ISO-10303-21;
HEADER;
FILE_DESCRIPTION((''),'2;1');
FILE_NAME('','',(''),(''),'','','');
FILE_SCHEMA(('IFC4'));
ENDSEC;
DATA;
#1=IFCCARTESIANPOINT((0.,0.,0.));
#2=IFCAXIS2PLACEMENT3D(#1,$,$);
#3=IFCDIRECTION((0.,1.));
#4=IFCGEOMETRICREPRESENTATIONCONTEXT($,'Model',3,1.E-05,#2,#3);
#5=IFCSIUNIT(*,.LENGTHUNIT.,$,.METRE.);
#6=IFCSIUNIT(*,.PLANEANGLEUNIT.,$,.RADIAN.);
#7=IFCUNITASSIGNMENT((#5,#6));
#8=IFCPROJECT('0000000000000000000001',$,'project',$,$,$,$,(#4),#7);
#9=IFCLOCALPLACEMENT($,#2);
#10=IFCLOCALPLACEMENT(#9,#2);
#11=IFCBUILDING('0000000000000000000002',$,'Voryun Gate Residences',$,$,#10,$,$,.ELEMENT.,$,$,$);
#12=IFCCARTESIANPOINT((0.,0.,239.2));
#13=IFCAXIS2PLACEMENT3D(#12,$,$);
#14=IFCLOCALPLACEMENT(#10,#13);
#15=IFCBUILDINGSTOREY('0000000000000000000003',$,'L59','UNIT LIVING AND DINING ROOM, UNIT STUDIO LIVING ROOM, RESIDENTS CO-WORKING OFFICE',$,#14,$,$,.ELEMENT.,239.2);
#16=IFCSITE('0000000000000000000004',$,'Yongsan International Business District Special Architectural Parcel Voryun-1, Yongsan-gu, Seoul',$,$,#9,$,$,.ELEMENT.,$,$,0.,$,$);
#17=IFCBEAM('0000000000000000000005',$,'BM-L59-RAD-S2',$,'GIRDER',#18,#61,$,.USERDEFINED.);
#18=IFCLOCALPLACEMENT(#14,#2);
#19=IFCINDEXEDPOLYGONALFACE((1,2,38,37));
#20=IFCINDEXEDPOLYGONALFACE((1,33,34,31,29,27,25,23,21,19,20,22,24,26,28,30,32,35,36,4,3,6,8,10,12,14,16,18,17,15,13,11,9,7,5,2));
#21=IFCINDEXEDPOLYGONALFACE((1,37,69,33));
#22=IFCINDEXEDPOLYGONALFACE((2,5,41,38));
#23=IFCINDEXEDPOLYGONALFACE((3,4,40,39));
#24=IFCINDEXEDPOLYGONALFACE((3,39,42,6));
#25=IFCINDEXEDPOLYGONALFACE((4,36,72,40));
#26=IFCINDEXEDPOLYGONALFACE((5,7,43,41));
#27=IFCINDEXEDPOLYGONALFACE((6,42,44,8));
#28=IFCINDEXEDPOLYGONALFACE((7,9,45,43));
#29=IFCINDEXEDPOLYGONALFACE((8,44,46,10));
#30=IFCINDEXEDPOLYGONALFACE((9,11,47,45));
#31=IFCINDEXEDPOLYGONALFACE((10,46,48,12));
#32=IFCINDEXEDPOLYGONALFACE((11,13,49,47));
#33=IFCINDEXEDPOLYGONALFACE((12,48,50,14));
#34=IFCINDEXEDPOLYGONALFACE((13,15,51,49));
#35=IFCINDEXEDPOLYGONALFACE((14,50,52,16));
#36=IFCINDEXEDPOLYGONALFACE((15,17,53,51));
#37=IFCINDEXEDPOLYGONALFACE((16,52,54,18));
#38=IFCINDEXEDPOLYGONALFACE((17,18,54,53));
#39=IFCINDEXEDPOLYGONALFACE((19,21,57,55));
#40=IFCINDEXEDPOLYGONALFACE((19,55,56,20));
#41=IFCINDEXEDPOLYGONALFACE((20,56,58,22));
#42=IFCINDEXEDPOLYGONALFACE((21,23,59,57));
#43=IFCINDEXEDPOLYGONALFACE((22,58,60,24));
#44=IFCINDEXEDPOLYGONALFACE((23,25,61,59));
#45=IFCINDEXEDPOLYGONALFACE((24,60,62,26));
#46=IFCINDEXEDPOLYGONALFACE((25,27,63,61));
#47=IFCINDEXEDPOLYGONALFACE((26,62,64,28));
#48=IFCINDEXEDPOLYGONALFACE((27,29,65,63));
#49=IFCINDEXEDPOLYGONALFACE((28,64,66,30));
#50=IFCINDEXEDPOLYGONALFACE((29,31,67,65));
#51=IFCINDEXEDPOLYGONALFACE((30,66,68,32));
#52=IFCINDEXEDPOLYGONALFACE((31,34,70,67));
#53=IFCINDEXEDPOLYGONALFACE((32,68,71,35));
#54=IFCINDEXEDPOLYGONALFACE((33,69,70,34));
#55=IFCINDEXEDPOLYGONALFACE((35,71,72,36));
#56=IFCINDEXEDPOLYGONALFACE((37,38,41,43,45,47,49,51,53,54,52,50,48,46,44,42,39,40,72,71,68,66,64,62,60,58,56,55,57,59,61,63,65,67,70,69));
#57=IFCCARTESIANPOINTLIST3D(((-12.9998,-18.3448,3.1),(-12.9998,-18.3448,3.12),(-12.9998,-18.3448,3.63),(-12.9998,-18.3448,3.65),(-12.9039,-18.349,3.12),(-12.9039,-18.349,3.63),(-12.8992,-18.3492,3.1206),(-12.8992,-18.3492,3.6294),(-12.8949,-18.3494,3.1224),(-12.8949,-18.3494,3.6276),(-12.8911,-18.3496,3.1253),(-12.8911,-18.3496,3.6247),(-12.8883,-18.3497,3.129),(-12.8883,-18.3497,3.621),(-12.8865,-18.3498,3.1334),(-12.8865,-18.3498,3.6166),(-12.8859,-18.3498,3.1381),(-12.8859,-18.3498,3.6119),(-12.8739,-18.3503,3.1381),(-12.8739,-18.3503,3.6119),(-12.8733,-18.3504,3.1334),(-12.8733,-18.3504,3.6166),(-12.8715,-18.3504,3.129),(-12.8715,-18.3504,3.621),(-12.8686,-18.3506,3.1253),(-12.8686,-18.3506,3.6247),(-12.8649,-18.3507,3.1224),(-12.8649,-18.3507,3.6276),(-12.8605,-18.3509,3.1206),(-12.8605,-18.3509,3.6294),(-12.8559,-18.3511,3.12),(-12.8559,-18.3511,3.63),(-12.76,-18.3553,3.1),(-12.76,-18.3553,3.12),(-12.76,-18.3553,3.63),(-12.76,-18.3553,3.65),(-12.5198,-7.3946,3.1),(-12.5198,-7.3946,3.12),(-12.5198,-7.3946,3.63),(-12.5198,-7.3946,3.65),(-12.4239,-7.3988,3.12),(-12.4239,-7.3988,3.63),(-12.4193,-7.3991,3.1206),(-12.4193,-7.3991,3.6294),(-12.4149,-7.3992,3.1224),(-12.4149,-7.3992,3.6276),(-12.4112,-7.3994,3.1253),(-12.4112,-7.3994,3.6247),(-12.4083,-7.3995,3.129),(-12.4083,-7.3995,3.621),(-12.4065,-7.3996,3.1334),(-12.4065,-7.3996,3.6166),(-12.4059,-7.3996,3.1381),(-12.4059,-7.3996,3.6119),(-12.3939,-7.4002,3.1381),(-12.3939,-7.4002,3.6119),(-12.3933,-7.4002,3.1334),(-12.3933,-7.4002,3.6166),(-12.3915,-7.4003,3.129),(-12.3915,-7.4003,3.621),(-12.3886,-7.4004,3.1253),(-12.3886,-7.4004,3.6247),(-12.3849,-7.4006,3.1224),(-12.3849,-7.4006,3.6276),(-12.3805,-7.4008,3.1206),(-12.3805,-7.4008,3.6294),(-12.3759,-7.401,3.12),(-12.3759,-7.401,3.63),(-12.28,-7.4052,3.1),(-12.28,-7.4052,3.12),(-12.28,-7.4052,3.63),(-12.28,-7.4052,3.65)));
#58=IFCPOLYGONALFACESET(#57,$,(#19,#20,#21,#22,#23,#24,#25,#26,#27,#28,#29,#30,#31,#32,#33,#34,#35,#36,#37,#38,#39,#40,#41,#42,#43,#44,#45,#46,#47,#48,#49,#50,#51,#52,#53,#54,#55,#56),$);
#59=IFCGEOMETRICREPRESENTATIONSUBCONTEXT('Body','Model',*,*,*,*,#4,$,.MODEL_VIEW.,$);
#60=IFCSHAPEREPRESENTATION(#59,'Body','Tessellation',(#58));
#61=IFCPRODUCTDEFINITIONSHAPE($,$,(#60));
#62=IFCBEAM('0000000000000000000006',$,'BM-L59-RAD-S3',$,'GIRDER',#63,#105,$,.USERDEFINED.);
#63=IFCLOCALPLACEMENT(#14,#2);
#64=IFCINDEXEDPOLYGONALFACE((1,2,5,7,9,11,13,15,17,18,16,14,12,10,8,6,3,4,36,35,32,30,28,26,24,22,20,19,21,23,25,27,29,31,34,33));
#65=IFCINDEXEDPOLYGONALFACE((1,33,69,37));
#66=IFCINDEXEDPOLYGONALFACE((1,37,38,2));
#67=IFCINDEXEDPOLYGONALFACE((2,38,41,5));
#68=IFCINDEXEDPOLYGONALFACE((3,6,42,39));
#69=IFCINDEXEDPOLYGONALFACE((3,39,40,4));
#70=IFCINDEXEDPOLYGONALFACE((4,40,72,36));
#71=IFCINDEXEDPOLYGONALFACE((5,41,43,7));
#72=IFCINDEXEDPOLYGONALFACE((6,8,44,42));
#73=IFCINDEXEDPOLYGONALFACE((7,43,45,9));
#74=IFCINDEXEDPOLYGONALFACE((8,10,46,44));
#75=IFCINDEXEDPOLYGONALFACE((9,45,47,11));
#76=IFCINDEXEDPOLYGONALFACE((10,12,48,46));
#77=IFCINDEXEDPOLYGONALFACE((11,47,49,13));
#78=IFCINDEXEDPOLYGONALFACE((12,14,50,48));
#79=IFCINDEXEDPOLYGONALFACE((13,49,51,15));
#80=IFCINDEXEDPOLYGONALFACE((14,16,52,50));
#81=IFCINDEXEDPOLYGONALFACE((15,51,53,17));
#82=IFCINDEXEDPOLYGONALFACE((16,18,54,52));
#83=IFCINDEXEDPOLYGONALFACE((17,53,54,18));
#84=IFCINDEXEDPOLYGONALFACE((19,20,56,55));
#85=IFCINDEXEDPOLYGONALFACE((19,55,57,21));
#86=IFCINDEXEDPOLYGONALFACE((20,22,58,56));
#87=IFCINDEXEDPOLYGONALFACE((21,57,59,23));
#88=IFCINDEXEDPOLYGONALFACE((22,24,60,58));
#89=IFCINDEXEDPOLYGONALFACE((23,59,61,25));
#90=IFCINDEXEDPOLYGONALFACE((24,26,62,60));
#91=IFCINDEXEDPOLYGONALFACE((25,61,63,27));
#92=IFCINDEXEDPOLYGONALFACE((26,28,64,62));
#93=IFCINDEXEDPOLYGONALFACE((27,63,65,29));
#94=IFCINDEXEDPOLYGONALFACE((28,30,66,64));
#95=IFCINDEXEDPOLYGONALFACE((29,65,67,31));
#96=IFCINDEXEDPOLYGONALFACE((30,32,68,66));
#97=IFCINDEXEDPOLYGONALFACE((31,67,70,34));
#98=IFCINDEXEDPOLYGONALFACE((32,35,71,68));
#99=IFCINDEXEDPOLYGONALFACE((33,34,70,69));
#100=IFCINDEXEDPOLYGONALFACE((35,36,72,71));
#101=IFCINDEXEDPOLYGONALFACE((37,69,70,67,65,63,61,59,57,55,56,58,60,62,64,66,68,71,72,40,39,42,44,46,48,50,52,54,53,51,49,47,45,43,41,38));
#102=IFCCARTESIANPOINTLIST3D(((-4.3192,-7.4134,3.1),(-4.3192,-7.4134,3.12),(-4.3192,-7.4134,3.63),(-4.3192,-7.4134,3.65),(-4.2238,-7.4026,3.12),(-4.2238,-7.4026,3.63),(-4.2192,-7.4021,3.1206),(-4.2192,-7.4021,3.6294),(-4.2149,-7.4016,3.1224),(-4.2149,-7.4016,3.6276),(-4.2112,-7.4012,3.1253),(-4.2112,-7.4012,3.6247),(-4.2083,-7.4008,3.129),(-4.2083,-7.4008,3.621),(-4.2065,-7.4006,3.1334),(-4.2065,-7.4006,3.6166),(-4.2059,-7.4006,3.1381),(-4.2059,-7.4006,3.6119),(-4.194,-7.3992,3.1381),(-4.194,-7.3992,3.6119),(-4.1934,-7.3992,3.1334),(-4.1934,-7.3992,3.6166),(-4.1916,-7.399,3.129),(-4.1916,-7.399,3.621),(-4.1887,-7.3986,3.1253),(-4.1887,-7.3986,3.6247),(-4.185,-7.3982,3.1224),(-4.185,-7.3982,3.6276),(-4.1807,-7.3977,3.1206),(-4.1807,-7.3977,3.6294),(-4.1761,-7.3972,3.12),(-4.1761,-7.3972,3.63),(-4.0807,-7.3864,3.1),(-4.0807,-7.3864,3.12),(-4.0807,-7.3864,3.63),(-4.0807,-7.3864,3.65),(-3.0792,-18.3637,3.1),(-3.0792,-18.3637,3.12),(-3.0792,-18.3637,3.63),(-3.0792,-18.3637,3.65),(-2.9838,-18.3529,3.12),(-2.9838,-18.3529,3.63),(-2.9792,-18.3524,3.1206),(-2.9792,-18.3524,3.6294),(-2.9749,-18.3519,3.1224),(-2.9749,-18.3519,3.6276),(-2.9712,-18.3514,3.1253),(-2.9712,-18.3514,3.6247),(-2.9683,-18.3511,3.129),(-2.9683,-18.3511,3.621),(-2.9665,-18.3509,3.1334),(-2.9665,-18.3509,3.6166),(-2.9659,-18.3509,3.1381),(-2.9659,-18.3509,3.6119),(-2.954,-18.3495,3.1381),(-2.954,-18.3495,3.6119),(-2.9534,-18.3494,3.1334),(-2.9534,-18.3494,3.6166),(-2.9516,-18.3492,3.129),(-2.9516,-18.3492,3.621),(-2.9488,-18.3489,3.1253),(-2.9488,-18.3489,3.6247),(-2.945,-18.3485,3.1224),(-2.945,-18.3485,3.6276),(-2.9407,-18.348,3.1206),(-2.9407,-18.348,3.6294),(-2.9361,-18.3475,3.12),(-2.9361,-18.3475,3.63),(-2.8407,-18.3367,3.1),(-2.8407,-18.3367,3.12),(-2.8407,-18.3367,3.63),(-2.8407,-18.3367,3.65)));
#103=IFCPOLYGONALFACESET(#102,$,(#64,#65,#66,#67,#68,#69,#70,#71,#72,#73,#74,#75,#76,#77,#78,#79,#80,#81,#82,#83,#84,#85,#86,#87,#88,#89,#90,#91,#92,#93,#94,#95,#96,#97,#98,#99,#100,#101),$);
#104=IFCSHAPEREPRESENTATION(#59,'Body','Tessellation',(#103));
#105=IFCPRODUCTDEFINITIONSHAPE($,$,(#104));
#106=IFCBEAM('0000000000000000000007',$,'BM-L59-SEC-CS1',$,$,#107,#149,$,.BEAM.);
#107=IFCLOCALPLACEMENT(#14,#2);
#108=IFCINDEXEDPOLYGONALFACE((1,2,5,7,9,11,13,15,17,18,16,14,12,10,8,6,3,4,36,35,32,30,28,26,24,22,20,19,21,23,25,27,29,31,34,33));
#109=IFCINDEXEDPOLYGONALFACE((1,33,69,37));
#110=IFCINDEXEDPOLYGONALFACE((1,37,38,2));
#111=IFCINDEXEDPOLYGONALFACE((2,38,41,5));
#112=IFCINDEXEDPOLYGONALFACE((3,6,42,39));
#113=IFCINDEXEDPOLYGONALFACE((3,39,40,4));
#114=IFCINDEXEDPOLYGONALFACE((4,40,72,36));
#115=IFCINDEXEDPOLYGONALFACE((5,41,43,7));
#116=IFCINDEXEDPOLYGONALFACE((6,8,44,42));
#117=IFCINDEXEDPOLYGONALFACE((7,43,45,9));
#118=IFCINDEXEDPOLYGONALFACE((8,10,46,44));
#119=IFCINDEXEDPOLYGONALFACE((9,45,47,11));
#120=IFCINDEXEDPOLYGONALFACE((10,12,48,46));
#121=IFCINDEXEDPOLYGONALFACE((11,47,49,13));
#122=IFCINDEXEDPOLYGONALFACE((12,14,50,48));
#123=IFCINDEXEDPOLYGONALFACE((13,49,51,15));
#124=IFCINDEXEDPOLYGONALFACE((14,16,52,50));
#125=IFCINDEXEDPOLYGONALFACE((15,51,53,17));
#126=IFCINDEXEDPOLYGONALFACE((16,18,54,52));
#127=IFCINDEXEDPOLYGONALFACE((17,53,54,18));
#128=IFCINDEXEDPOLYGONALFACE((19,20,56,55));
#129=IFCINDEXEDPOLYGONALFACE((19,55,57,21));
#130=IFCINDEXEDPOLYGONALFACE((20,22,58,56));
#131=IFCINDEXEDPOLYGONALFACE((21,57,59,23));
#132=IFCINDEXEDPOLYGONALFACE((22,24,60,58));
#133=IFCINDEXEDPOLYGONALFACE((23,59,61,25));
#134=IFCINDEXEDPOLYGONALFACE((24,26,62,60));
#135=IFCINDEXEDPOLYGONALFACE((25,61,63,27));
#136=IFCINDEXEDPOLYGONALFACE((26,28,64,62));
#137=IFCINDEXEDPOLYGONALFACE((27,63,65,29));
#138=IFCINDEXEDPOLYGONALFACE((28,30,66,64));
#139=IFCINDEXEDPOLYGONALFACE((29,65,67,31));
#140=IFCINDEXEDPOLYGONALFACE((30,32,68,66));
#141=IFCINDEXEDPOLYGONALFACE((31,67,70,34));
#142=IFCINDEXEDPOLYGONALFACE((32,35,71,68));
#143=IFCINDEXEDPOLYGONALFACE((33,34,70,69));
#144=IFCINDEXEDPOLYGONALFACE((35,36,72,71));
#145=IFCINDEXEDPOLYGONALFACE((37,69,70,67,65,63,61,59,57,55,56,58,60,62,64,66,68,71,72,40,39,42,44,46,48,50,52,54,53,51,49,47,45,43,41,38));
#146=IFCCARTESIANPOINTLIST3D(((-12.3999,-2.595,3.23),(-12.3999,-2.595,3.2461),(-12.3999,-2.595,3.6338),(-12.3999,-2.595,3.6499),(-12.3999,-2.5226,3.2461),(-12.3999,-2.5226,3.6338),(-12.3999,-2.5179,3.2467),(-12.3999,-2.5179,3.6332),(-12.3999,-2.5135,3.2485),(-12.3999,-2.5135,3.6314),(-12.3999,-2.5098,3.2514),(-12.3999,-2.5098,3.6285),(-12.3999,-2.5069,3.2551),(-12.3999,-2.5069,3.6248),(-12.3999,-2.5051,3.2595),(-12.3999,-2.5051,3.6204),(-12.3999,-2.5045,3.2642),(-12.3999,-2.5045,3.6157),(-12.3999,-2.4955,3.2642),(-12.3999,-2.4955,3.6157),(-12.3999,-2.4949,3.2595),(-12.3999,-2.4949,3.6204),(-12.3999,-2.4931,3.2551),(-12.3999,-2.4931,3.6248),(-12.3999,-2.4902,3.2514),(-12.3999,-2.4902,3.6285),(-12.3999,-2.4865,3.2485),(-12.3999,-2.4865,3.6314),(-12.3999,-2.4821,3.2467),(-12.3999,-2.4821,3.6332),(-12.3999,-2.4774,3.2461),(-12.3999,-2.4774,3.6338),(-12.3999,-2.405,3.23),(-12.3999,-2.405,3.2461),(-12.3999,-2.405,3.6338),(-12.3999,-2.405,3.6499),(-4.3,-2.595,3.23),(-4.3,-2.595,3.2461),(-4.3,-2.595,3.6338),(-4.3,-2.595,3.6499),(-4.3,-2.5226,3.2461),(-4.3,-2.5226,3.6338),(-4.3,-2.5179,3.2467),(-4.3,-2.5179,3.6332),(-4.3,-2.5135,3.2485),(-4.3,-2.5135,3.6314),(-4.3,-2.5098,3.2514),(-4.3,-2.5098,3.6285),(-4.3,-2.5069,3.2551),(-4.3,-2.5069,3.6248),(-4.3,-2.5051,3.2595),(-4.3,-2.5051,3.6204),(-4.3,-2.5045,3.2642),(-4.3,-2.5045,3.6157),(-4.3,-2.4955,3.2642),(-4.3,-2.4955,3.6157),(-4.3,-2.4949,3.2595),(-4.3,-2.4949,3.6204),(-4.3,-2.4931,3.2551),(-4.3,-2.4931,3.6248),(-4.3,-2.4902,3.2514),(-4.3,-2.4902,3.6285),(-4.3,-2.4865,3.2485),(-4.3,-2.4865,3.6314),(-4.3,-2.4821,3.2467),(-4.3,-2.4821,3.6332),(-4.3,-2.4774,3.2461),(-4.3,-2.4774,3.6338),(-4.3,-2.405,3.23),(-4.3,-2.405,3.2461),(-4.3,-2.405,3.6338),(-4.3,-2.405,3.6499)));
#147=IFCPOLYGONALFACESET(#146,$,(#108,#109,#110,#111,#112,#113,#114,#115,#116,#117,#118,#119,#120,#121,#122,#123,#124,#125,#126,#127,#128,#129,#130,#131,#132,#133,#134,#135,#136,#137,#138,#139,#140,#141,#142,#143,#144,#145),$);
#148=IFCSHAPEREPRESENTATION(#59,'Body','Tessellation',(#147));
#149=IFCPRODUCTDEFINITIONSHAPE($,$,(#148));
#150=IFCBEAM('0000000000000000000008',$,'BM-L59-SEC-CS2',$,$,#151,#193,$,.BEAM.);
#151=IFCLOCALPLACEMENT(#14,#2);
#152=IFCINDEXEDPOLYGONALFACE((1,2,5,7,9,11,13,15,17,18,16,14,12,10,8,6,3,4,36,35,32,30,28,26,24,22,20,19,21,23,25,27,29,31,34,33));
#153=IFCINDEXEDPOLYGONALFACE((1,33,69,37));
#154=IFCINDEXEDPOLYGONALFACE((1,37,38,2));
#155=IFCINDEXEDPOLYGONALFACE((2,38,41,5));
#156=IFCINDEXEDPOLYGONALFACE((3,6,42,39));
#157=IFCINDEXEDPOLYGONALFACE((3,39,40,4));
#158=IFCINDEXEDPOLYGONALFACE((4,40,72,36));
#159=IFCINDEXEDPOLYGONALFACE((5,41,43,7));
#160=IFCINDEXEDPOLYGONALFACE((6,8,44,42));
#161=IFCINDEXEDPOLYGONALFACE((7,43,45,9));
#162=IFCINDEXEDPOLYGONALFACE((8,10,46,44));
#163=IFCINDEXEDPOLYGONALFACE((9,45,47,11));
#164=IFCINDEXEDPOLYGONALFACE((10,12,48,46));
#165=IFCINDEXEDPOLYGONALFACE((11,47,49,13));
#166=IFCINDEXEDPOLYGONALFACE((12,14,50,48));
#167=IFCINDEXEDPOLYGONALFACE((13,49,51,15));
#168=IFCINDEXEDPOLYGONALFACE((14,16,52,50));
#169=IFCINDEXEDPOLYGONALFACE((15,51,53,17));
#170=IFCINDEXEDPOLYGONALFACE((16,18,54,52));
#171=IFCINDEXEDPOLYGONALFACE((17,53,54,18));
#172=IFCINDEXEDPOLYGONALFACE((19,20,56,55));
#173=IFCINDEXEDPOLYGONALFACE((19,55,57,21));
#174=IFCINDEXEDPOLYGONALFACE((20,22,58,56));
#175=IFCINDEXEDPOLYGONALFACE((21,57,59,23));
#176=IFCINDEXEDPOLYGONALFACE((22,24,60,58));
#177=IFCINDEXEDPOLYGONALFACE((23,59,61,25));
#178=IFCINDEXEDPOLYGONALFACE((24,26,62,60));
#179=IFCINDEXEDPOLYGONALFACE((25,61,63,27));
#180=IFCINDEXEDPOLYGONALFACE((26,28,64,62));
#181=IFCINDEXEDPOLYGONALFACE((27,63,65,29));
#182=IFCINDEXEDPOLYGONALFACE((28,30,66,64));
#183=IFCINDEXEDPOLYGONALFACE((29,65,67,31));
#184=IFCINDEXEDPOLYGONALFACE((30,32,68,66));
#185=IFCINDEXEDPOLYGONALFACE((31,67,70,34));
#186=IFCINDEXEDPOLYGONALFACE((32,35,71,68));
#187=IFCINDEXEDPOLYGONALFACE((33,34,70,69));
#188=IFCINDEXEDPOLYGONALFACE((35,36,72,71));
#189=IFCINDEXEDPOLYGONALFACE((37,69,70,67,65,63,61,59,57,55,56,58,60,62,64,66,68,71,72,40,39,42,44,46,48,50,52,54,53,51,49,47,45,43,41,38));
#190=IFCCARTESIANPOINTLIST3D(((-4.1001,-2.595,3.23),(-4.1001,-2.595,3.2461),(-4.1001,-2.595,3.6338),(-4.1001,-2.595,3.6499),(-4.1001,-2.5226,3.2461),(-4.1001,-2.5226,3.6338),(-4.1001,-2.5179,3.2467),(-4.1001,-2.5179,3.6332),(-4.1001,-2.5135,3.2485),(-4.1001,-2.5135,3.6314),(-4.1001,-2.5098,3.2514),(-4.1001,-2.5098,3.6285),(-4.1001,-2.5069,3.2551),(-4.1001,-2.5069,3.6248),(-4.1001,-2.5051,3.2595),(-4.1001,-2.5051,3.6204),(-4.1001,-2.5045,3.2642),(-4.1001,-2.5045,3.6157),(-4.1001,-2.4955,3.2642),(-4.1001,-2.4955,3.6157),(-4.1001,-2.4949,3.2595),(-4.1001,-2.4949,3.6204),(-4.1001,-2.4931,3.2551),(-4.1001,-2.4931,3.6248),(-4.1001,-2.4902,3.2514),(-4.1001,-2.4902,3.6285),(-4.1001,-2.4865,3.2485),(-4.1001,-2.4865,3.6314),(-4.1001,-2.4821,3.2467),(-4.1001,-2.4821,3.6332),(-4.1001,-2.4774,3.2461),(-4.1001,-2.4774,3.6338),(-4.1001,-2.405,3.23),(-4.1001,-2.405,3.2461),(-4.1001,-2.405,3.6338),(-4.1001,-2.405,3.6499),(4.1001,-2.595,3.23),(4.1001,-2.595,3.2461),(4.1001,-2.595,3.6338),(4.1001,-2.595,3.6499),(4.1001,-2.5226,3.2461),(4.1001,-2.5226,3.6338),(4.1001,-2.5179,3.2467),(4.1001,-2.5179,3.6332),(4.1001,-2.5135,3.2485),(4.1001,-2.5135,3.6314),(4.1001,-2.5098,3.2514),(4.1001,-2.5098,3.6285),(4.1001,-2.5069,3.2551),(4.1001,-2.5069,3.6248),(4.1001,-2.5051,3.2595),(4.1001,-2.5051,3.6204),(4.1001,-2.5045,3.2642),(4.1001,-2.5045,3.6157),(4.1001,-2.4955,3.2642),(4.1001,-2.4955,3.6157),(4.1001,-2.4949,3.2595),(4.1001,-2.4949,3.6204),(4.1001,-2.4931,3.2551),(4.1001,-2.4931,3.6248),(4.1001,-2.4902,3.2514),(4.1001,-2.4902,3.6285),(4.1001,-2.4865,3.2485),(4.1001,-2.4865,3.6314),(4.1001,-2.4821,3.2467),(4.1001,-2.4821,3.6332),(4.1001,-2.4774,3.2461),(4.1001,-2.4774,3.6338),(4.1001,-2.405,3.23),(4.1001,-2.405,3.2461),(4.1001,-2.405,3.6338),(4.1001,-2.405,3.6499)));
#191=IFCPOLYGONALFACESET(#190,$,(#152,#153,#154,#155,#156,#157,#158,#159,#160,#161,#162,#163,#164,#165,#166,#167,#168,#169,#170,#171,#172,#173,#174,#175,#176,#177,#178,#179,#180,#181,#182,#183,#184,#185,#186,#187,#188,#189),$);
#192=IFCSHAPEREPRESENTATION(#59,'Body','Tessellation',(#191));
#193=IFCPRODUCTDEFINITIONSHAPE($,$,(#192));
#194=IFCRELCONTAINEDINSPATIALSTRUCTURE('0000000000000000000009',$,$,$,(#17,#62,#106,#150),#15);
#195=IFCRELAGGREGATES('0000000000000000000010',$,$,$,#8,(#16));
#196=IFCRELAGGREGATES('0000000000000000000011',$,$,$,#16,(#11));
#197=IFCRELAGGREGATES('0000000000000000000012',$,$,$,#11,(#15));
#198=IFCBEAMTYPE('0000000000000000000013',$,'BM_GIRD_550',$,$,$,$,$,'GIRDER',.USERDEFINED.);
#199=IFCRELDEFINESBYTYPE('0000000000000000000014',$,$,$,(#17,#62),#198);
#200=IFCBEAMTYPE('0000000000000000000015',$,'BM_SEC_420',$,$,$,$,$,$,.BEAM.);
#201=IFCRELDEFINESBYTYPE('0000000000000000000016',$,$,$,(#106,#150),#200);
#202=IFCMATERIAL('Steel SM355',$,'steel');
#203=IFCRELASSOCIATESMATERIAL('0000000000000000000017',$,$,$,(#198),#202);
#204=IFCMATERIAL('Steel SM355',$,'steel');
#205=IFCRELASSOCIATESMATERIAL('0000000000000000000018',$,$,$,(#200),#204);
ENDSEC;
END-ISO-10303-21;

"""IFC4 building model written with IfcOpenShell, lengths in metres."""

from ifc_helpers import new_model, si_unit, direction, frame, origin, origin_2d, place, context, subcontext, project, spatial, i_section, extrude, material, material_profile, profile_set, type_object, element, save


model = new_model("IFC4")

# Units and contexts
model_context = context("Model", 3, precision=1e-05, world=origin(), true_north=direction((0.0, 1.0)))
body_context = subcontext(model_context, "Body", "Model", "MODEL_VIEW")
ifc_project = project(units=[si_unit("LENGTHUNIT", "METRE"), si_unit("PLANEANGLEUNIT", "RADIAN")], contexts=[model_context])

# Site, building, storey
site_placement = place(None, origin())
site = spatial("IfcSite", under=ifc_project, at=site_placement, Name="Yongsan International Business District Special Architectural Parcel Voryun-1, Yongsan-gu, Seoul", CompositionType="ELEMENT", RefElevation=0.0)
building_placement = place(site_placement, origin())
building = spatial("IfcBuilding", under=site, at=building_placement, Name="Voryun Gate Residences", CompositionType="ELEMENT")
storey_placement = place(building_placement, frame((0.0, 0.0, 239.2)))
storey = spatial("IfcBuildingStorey", under=building, at=storey_placement, Name="L59", Description="UNIT LIVING AND DINING ROOM, UNIT STUDIO LIVING ROOM, RESIDENTS CO-WORKING OFFICE", CompositionType="ELEMENT", Elevation=239.2)

# Beams
ifc_material_1 = material(Name="Steel SM355", Category="steel")
ifc_material_profile_1 = material_profile(ifc_material_1, i_section(OverallWidth=0.24, OverallDepth=0.55, WebThickness=0.012, FlangeThickness=0.02, FilletRadius=0.0181, at=origin_2d()), Name="H-550x240x12x20")
ifc_profile_set_1 = profile_set([ifc_material_profile_1], Name="Steel SM355")
beam_type_1 = type_object("IfcBeamType", Name="BM_GIRD_550", ElementType="GIRDER", PredefinedType="USERDEFINED", material=ifc_profile_set_1)
beam_1_placement = place(storey_placement, frame((-12.3999, -7.3999, 3.375), z_axis=(-0.043791, -0.999041, 0.0), x_axis=(0.999041, -0.043791, 0.0)))
element("IfcBeam", 1, at=beam_1_placement, inside=storey, type_object=beam_type_1, Name="BM-L59-RAD-S2", ObjectType="GIRDER", PredefinedType="USERDEFINED", context=body_context, shape_type="SweptSolid", body=[
    extrude(i_section(OverallWidth=0.24, OverallDepth=0.55, WebThickness=0.012, FlangeThickness=0.02, FilletRadius=0.0181, at=origin_2d()), origin(), (0.0, 0.0, 1.0), 10.9607),
])
beam_2_placement = place(storey_placement, frame((-4.2, -7.3999, 3.375), z_axis=(0.11252, -0.993649, 0.0), x_axis=(0.993649, 0.11252, 0.0)))
element("IfcBeam", 2, at=beam_2_placement, inside=storey, type_object=beam_type_1, Name="BM-L59-RAD-S3", ObjectType="GIRDER", PredefinedType="USERDEFINED", context=body_context, shape_type="SweptSolid", body=[
    extrude(i_section(OverallWidth=0.24, OverallDepth=0.55, WebThickness=0.012, FlangeThickness=0.02, FilletRadius=0.0181, at=origin_2d()), origin(), (0.0, 0.0, 1.0), 11.0203),
])
ifc_material_2 = material(Name="Steel SM355", Category="steel")
ifc_material_profile_2 = material_profile(ifc_material_2, i_section(OverallWidth=0.1899, OverallDepth=0.4199, WebThickness=0.009, FlangeThickness=0.0161, FilletRadius=0.0181, at=origin_2d()), Name="H-420x190x9x16")
ifc_profile_set_2 = profile_set([ifc_material_profile_2], Name="Steel SM355")
beam_type_2 = type_object("IfcBeamType", Name="BM_SEC_420", PredefinedType="BEAM", material=ifc_profile_set_2)
beam_3_placement = place(storey_placement, frame((-12.3999, -2.5, 3.4399), z_axis=(1.0, 0.0, 0.0), x_axis=(0.0, 1.0, 0.0)))
element("IfcBeam", 3, at=beam_3_placement, inside=storey, type_object=beam_type_2, Name="BM-L59-SEC-CS1", PredefinedType="BEAM", context=body_context, shape_type="SweptSolid", body=[
    extrude(i_section(OverallWidth=0.1899, OverallDepth=0.4199, WebThickness=0.009, FlangeThickness=0.0161, FilletRadius=0.0181, at=origin_2d()), origin(), (0.0, 0.0, 1.0), 8.0999),
])
beam_4_placement = place(storey_placement, frame((-4.1001, -2.5, 3.4399), z_axis=(1.0, 0.0, 0.0), x_axis=(0.0, 1.0, 0.0)))
element("IfcBeam", 4, at=beam_4_placement, inside=storey, type_object=beam_type_2, Name="BM-L59-SEC-CS2", PredefinedType="BEAM", context=body_context, shape_type="SweptSolid", body=[
    extrude(i_section(OverallWidth=0.1899, OverallDepth=0.4199, WebThickness=0.009, FlangeThickness=0.0161, FilletRadius=0.0181, at=origin_2d()), origin(), (0.0, 0.0, 1.0), 8.2002),
])

save(model, "model.ifc")
